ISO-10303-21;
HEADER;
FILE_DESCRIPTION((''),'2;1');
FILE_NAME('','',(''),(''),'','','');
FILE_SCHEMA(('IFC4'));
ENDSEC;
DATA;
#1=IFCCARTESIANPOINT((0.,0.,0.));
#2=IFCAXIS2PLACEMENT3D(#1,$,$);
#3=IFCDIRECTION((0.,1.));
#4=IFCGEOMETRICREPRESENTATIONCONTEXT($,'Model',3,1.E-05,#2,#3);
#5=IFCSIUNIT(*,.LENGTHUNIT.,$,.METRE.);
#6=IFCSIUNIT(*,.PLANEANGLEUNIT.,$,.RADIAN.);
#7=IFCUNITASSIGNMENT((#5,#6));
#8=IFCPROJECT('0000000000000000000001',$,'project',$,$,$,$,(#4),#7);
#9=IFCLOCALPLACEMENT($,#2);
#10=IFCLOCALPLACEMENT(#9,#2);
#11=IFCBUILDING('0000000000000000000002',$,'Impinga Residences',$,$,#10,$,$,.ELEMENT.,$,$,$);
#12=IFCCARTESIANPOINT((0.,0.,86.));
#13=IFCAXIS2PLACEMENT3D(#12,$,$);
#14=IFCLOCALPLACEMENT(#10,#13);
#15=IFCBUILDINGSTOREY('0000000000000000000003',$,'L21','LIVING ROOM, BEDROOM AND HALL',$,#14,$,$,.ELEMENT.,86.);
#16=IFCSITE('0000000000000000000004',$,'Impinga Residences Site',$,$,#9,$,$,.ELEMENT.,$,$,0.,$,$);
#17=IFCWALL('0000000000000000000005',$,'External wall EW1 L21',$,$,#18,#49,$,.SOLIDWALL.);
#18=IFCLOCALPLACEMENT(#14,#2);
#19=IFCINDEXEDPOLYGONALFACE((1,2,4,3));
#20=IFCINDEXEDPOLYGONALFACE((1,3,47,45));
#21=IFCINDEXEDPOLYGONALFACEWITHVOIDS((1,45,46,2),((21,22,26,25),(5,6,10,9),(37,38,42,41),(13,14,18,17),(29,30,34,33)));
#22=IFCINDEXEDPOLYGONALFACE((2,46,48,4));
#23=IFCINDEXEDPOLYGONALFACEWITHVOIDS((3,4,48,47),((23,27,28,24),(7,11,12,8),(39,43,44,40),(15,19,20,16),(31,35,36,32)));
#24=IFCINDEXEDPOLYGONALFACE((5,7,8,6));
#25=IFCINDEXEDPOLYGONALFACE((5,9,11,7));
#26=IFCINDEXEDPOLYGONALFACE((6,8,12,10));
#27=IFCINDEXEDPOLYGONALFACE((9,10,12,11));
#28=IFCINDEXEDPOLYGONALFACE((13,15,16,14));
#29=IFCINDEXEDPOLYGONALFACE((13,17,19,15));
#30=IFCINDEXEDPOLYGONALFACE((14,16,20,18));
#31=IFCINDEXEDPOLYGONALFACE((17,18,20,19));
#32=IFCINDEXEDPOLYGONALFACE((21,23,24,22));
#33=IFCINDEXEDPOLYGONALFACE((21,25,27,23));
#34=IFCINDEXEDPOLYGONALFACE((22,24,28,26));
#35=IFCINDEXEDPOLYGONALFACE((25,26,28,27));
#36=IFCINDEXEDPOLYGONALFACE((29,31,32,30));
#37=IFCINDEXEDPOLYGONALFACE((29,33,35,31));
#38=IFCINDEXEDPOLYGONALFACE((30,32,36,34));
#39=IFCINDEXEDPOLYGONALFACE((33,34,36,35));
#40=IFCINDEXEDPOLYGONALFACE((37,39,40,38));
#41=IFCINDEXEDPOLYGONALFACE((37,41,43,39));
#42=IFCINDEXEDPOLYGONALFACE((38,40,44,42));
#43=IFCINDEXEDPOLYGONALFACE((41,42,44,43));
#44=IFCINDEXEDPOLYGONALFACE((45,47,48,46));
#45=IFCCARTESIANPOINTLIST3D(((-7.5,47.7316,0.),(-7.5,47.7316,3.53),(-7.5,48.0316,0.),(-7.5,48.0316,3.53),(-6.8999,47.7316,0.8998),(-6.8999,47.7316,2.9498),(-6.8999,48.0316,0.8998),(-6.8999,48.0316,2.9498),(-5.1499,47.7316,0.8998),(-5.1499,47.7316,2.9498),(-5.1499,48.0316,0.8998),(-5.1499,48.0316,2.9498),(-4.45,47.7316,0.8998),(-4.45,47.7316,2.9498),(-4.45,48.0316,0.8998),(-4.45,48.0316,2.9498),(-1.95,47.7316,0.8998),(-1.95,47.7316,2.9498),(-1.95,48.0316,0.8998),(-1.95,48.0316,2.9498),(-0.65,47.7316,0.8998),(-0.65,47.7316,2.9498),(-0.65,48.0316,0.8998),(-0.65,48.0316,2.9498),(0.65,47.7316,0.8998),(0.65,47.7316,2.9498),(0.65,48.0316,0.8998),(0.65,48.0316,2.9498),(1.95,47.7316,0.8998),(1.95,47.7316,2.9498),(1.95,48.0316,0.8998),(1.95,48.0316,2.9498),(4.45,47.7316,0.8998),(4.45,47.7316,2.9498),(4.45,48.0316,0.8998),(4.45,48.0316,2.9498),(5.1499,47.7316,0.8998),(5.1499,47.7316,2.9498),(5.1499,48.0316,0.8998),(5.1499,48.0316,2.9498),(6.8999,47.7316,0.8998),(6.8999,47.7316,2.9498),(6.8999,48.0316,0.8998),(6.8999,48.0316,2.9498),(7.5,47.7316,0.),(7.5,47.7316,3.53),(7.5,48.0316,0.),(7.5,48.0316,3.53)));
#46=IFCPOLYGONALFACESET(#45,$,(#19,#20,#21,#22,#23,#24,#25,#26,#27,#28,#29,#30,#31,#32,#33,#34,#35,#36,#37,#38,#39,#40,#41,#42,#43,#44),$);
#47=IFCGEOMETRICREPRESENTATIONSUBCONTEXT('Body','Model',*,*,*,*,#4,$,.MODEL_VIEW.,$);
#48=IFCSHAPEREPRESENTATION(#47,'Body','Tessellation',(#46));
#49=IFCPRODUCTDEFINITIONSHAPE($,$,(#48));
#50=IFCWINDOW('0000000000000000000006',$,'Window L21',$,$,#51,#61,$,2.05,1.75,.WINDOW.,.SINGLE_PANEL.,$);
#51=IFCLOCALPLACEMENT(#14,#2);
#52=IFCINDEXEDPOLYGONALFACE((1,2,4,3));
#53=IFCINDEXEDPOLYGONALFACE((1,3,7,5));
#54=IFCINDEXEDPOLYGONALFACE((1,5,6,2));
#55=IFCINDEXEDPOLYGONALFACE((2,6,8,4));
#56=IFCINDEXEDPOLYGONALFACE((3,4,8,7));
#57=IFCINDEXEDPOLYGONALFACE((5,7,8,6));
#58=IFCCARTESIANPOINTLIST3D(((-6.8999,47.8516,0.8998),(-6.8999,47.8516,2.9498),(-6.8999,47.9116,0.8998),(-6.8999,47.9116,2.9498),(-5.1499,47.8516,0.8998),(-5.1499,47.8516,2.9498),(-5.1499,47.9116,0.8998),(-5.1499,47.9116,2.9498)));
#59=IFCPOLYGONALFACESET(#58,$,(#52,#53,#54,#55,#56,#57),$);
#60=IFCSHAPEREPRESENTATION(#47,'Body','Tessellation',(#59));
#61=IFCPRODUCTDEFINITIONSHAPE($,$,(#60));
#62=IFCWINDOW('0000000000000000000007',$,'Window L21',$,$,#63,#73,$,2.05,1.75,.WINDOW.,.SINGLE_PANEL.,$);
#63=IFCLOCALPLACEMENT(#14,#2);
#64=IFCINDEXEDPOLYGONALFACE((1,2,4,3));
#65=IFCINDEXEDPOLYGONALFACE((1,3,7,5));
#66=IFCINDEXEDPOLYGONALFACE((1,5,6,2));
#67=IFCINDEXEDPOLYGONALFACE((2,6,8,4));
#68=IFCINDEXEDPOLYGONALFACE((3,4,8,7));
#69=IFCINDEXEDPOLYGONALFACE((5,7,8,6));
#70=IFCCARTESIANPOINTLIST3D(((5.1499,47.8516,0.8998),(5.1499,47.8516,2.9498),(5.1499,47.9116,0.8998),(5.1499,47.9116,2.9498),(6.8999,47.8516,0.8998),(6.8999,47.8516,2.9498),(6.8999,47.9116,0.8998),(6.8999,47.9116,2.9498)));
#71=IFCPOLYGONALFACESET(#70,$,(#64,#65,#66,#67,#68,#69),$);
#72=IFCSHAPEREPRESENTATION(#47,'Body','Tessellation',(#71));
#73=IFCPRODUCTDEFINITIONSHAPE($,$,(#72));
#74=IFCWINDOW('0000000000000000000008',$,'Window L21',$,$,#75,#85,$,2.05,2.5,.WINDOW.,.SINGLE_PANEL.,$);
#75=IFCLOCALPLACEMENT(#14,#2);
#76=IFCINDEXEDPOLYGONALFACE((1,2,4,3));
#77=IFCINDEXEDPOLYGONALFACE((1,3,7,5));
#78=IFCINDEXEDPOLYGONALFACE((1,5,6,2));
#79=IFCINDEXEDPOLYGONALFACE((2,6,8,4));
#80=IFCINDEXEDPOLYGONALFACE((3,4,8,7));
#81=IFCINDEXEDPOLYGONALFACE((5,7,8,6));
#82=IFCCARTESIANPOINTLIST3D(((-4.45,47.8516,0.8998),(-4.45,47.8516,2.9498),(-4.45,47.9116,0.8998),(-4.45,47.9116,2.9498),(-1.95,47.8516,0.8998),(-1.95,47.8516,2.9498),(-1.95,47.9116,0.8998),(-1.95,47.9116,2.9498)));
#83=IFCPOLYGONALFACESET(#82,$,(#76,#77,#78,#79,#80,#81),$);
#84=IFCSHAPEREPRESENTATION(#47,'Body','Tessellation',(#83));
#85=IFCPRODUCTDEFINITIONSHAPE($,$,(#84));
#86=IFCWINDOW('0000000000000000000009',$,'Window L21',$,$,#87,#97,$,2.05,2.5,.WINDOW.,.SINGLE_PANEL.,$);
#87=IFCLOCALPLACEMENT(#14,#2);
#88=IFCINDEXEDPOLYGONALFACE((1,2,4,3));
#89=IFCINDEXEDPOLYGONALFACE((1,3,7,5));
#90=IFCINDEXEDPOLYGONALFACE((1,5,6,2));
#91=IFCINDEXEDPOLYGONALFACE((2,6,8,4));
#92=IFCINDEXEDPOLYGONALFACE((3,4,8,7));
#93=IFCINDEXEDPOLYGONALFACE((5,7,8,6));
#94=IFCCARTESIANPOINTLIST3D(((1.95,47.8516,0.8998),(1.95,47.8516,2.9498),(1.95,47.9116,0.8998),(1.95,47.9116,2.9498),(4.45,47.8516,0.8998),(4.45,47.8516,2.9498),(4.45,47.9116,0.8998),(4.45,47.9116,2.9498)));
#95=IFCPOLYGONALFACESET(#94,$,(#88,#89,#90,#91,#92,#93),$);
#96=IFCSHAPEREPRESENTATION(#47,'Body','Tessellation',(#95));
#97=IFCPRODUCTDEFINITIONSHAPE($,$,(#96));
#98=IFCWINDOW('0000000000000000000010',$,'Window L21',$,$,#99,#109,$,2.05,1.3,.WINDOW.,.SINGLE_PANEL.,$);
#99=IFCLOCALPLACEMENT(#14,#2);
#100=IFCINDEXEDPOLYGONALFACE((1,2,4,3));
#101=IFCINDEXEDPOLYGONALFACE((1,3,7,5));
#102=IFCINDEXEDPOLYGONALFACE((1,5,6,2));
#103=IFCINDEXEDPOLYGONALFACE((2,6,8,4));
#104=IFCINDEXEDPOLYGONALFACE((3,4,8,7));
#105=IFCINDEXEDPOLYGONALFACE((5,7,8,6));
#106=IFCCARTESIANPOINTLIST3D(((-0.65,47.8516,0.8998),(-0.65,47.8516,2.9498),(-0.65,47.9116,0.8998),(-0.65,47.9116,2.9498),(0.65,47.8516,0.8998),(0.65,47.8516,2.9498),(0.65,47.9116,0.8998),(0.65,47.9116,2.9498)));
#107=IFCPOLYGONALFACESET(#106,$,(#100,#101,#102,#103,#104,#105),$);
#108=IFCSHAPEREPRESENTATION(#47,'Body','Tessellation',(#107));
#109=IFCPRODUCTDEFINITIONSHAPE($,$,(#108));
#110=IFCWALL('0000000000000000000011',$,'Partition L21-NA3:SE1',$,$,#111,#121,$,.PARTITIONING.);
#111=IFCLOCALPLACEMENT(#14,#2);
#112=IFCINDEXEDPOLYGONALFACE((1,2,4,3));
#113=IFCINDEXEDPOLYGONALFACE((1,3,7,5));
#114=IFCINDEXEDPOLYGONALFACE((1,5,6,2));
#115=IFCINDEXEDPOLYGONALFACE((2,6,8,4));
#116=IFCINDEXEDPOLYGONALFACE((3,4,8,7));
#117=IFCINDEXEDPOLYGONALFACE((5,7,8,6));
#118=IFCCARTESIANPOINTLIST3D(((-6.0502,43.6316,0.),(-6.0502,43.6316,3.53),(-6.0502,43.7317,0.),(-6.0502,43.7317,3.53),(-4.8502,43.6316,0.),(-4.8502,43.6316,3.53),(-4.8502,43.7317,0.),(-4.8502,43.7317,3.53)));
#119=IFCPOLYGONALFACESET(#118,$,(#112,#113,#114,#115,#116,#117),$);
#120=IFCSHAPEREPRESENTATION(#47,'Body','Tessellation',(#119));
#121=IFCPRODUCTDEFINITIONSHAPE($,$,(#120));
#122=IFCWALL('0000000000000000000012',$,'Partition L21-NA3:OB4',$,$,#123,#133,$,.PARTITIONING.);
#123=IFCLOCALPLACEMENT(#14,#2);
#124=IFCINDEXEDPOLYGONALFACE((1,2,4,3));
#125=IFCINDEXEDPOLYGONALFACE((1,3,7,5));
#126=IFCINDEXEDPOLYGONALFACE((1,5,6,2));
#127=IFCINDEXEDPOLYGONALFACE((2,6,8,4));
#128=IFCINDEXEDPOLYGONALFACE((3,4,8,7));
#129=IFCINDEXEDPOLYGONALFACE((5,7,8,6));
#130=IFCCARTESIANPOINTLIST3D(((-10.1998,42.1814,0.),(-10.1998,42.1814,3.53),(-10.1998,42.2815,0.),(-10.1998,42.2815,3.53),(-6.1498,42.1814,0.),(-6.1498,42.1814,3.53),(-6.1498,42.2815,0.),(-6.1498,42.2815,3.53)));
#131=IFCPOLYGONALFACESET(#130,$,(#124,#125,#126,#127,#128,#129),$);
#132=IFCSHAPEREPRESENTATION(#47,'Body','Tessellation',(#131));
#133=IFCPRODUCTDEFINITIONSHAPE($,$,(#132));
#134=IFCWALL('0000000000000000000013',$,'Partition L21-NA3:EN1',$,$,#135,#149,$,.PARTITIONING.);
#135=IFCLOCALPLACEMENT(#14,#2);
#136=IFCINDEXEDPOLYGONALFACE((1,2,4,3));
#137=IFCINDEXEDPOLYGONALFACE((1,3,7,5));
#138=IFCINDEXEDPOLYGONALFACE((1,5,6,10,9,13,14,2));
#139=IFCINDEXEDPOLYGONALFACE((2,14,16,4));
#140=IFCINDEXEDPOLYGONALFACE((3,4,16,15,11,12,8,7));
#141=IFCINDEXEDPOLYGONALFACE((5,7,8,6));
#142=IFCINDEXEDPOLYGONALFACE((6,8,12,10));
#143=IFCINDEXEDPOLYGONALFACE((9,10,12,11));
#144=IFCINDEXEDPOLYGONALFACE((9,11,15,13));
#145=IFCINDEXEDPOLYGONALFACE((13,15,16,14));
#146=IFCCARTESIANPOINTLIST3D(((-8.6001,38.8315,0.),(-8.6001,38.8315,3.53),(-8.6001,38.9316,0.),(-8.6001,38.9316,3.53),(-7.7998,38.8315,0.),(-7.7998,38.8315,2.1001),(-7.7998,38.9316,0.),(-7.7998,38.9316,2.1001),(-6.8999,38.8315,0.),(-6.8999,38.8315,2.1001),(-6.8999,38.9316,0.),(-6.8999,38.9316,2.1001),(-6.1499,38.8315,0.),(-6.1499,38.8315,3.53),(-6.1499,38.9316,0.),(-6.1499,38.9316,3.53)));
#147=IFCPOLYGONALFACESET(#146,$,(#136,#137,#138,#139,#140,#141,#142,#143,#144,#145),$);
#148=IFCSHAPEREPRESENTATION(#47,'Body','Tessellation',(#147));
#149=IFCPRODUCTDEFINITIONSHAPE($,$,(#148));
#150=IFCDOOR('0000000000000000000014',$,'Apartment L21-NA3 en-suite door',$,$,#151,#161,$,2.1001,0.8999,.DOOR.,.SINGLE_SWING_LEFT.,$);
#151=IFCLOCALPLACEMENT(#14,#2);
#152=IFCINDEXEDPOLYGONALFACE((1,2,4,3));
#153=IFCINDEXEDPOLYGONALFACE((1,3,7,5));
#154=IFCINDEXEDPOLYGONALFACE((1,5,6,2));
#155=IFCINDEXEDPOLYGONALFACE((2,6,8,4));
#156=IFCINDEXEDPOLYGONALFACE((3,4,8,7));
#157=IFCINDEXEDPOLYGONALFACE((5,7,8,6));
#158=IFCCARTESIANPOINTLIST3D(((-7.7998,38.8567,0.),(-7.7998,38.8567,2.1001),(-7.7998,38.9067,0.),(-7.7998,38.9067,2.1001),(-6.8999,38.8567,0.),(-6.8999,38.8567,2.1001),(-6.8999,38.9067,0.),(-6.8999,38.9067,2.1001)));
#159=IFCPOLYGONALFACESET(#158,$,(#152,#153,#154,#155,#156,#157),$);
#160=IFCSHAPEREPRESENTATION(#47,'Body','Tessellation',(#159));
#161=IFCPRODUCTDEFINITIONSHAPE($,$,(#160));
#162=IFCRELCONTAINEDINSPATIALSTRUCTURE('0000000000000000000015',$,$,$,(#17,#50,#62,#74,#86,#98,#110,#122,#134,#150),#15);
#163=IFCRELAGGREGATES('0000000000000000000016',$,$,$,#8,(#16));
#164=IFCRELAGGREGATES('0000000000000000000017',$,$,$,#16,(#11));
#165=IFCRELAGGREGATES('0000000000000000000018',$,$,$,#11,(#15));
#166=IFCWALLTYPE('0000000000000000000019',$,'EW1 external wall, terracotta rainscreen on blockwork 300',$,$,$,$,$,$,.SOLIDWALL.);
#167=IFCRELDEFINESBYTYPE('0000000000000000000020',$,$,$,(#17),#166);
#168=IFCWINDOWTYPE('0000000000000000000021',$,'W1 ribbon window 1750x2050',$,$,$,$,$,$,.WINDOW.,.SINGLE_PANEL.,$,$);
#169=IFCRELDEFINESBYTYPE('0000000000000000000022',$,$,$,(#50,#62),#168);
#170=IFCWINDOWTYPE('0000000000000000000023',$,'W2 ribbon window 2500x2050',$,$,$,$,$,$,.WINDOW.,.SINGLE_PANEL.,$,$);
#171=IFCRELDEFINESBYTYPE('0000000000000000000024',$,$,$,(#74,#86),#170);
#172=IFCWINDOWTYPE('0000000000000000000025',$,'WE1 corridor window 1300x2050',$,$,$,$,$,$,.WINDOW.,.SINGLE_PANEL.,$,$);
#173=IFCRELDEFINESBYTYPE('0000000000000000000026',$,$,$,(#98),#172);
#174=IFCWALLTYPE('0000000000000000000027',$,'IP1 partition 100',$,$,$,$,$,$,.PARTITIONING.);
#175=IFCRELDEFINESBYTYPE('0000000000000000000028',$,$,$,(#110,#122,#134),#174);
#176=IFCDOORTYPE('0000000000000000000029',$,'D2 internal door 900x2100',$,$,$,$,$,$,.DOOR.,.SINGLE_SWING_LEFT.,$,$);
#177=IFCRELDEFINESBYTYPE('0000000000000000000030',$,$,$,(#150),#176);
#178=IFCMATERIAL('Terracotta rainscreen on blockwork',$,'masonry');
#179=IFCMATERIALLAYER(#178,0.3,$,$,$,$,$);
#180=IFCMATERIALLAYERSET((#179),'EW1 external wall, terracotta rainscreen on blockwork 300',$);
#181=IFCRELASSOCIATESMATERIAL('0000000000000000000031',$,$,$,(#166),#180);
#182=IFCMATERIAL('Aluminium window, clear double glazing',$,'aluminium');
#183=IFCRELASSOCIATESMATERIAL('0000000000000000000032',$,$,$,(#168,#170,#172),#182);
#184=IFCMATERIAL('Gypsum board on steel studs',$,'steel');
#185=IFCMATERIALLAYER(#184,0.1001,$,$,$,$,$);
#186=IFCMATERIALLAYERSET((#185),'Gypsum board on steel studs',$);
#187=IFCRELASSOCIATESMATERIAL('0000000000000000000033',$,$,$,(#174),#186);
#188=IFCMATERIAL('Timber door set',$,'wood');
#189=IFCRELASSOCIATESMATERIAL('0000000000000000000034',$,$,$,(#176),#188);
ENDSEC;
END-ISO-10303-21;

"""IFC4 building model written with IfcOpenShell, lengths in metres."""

from ifc_helpers import new_model, si_unit, direction, frame, frame_2d, origin, place, context, subcontext, project, spatial, rectangle, extrude, material, layer, layer_set, type_object, element, fill, save


model = new_model("IFC4")

# Units and contexts
model_context = context("Model", 3, precision=1e-05, world=origin(), true_north=direction((0.0, 1.0)))
body_context = subcontext(model_context, "Body", "Model", "MODEL_VIEW")
ifc_project = project(units=[si_unit("LENGTHUNIT", "METRE"), si_unit("PLANEANGLEUNIT", "RADIAN")], contexts=[model_context])

# Site, building, storey
site_placement = place(None, origin())
site = spatial("IfcSite", under=ifc_project, at=site_placement, Name="Impinga Residences Site", CompositionType="ELEMENT", RefElevation=0.0)
building_placement = place(site_placement, origin())
building = spatial("IfcBuilding", under=site, at=building_placement, Name="Impinga Residences", CompositionType="ELEMENT")
storey_placement = place(building_placement, frame((0.0, 0.0, 86.0)))
storey = spatial("IfcBuildingStorey", under=building, at=storey_placement, Name="L21", Description="LIVING ROOM, BEDROOM AND HALL", CompositionType="ELEMENT", Elevation=86.0)

# Shared definitions
ifc_material_1 = material(Name="Terracotta rainscreen on blockwork", Category="masonry")
ifc_layer_1 = layer(ifc_material_1, 0.3)
ifc_layer_set_1 = layer_set([ifc_layer_1], Name="EW1 external wall, terracotta rainscreen on blockwork 300")
wall_type_1 = type_object("IfcWallType", Name="EW1 external wall, terracotta rainscreen on blockwork 300", PredefinedType="SOLIDWALL", material=ifc_layer_set_1)

# Wall, openings, windows
wall_1_placement = place(storey_placement, frame((-7.5, 47.8816, 0.0), z_axis=(0.0, 0.0, 1.0), x_axis=(1.0, 0.0, 0.0)))
wall_1 = element("IfcWall", 1, at=wall_1_placement, inside=storey, type_object=wall_type_1, Name="External wall EW1 L21", PredefinedType="SOLIDWALL", context=body_context, shape_type="SweptSolid", body=[
    extrude(rectangle(XDim=15.0, YDim=0.3, at=frame_2d((7.5, 0.0))), origin(), (0.0, 0.0, 1.0), 3.53),
])
opening_1_placement = place(wall_1_placement, frame((0.6001, 0.0, 0.8999)))
opening_1 = element("IfcOpeningElement", 2, at=opening_1_placement, cuts=wall_1, PredefinedType="OPENING", context=body_context, shape_type="SweptSolid", body=[
    extrude(rectangle(XDim=1.75, YDim=2.05, at=frame_2d((0.875, 1.0249))), frame((0.0, 0.1599, 0.0), z_axis=(0.0, -1.0, 0.0), x_axis=(1.0, 0.0, 0.0)), (0.0, 0.0, 1.0), 0.3201),
])
opening_2_placement = place(wall_1_placement, frame((3.05, 0.0, 0.8999)))
opening_2 = element("IfcOpeningElement", 3, at=opening_2_placement, cuts=wall_1, PredefinedType="OPENING", context=body_context, shape_type="SweptSolid", body=[
    extrude(rectangle(XDim=2.5, YDim=2.05, at=frame_2d((1.25, 1.0249))), frame((0.0, 0.1599, 0.0), z_axis=(0.0, -1.0, 0.0), x_axis=(1.0, 0.0, 0.0)), (0.0, 0.0, 1.0), 0.3201),
])
opening_3_placement = place(wall_1_placement, frame((6.8501, 0.0, 0.8999)))
opening_3 = element("IfcOpeningElement", 4, at=opening_3_placement, cuts=wall_1, PredefinedType="OPENING", context=body_context, shape_type="SweptSolid", body=[
    extrude(rectangle(XDim=1.3, YDim=2.05, at=frame_2d((0.6499, 1.0249))), frame((0.0, 0.1599, 0.0), z_axis=(0.0, -1.0, 0.0), x_axis=(1.0, 0.0, 0.0)), (0.0, 0.0, 1.0), 0.3201),
])
opening_4_placement = place(wall_1_placement, frame((9.45, 0.0, 0.8999)))
opening_4 = element("IfcOpeningElement", 5, at=opening_4_placement, cuts=wall_1, PredefinedType="OPENING", context=body_context, shape_type="SweptSolid", body=[
    extrude(rectangle(XDim=2.5, YDim=2.05, at=frame_2d((1.25, 1.0249))), frame((0.0, 0.1599, 0.0), z_axis=(0.0, -1.0, 0.0), x_axis=(1.0, 0.0, 0.0)), (0.0, 0.0, 1.0), 0.3201),
])
opening_5_placement = place(wall_1_placement, frame((12.6499, 0.0, 0.8999)))
opening_5 = element("IfcOpeningElement", 6, at=opening_5_placement, cuts=wall_1, PredefinedType="OPENING", context=body_context, shape_type="SweptSolid", body=[
    extrude(rectangle(XDim=1.75, YDim=2.05, at=frame_2d((0.875, 1.0249))), frame((0.0, 0.1599, 0.0), z_axis=(0.0, -1.0, 0.0), x_axis=(1.0, 0.0, 0.0)), (0.0, 0.0, 1.0), 0.3201),
])
ifc_material_2 = material(Name="Aluminium window, clear double glazing", Category="aluminium")
window_type_1 = type_object("IfcWindowType", Name="W1 ribbon window 1750x2050", PartitioningType="SINGLE_PANEL", PredefinedType="WINDOW", material=ifc_material_2)
window_1_placement = place(opening_1_placement, origin())
window_1 = element("IfcWindow", 7, at=window_1_placement, inside=storey, type_object=window_type_1, Name="Window L21", OverallHeight=2.05, OverallWidth=1.75, PartitioningType="SINGLE_PANEL", PredefinedType="WINDOW", context=body_context, shape_type="SweptSolid", body=[
    extrude(rectangle(XDim=1.75, YDim=2.05, at=frame_2d((0.875, 1.0249))), frame((0.0, 0.03, 0.0), z_axis=(0.0, -1.0, 0.0), x_axis=(1.0, 0.0, 0.0)), (0.0, 0.0, 1.0), 0.0601),
])
fill(opening_1, window_1)
window_2_placement = place(opening_5_placement, origin())
window_2 = element("IfcWindow", 8, at=window_2_placement, inside=storey, type_object=window_type_1, Name="Window L21", OverallHeight=2.05, OverallWidth=1.75, PartitioningType="SINGLE_PANEL", PredefinedType="WINDOW", context=body_context, shape_type="SweptSolid", body=[
    extrude(rectangle(XDim=1.75, YDim=2.05, at=frame_2d((0.875, 1.0249))), frame((0.0, 0.03, 0.0), z_axis=(0.0, -1.0, 0.0), x_axis=(1.0, 0.0, 0.0)), (0.0, 0.0, 1.0), 0.0601),
])
fill(opening_5, window_2)
window_type_2 = type_object("IfcWindowType", Name="W2 ribbon window 2500x2050", PartitioningType="SINGLE_PANEL", PredefinedType="WINDOW", material=ifc_material_2)
window_3_placement = place(opening_2_placement, origin())
window_3 = element("IfcWindow", 9, at=window_3_placement, inside=storey, type_object=window_type_2, Name="Window L21", OverallHeight=2.05, OverallWidth=2.5, PartitioningType="SINGLE_PANEL", PredefinedType="WINDOW", context=body_context, shape_type="SweptSolid", body=[
    extrude(rectangle(XDim=2.5, YDim=2.05, at=frame_2d((1.25, 1.0249))), frame((0.0, 0.03, 0.0), z_axis=(0.0, -1.0, 0.0), x_axis=(1.0, 0.0, 0.0)), (0.0, 0.0, 1.0), 0.0601),
])
fill(opening_2, window_3)
window_4_placement = place(opening_4_placement, origin())
window_4 = element("IfcWindow", 10, at=window_4_placement, inside=storey, type_object=window_type_2, Name="Window L21", OverallHeight=2.05, OverallWidth=2.5, PartitioningType="SINGLE_PANEL", PredefinedType="WINDOW", context=body_context, shape_type="SweptSolid", body=[
    extrude(rectangle(XDim=2.5, YDim=2.05, at=frame_2d((1.25, 1.0249))), frame((0.0, 0.03, 0.0), z_axis=(0.0, -1.0, 0.0), x_axis=(1.0, 0.0, 0.0)), (0.0, 0.0, 1.0), 0.0601),
])
fill(opening_4, window_4)
window_type_3 = type_object("IfcWindowType", Name="WE1 corridor window 1300x2050", PartitioningType="SINGLE_PANEL", PredefinedType="WINDOW", material=ifc_material_2)
window_5_placement = place(opening_3_placement, origin())
window_5 = element("IfcWindow", 11, at=window_5_placement, inside=storey, type_object=window_type_3, Name="Window L21", OverallHeight=2.05, OverallWidth=1.3, PartitioningType="SINGLE_PANEL", PredefinedType="WINDOW", context=body_context, shape_type="SweptSolid", body=[
    extrude(rectangle(XDim=1.3, YDim=2.05, at=frame_2d((0.6499, 1.0249))), frame((0.0, 0.03, 0.0), z_axis=(0.0, -1.0, 0.0), x_axis=(1.0, 0.0, 0.0)), (0.0, 0.0, 1.0), 0.0601),
])
fill(opening_3, window_5)

# Walls
ifc_material_3 = material(Name="Gypsum board on steel studs", Category="steel")
ifc_layer_2 = layer(ifc_material_3, 0.1001)
ifc_layer_set_2 = layer_set([ifc_layer_2], Name="Gypsum board on steel studs")
wall_type_2 = type_object("IfcWallType", Name="IP1 partition 100", PredefinedType="PARTITIONING", material=ifc_layer_set_2)
wall_2_placement = place(storey_placement, frame((-4.8501, 43.6816, 0.0), z_axis=(0.0, 0.0, 1.0), x_axis=(-1.0, 0.0, 0.0)))
element("IfcWall", 12, at=wall_2_placement, inside=storey, type_object=wall_type_2, Name="Partition L21-NA3:SE1", PredefinedType="PARTITIONING", context=body_context, shape_type="SweptSolid", body=[
    extrude(rectangle(XDim=1.2, YDim=0.1001, at=frame_2d((0.6001, 0.0))), origin(), (0.0, 0.0, 1.0), 3.53),
])
wall_3_placement = place(storey_placement, frame((-6.1499, 42.2314, 0.0), z_axis=(0.0, 0.0, 1.0), x_axis=(-1.0, 0.0, 0.0)))
element("IfcWall", 13, at=wall_3_placement, inside=storey, type_object=wall_type_2, Name="Partition L21-NA3:OB4", PredefinedType="PARTITIONING", context=body_context, shape_type="SweptSolid", body=[
    extrude(rectangle(XDim=4.05, YDim=0.1001, at=frame_2d((2.0249, 0.0))), origin(), (0.0, 0.0, 1.0), 3.53),
])

# Wall, opening, door
wall_4_placement = place(storey_placement, frame((-6.1499, 38.8816, 0.0), z_axis=(0.0, 0.0, 1.0), x_axis=(-1.0, 0.0, 0.0)))
wall_4 = element("IfcWall", 14, at=wall_4_placement, inside=storey, type_object=wall_type_2, Name="Partition L21-NA3:EN1", PredefinedType="PARTITIONING", context=body_context, shape_type="SweptSolid", body=[
    extrude(rectangle(XDim=2.4502, YDim=0.1001, at=frame_2d((1.2251, 0.0))), origin(), (0.0, 0.0, 1.0), 3.53),
])
opening_6_placement = place(wall_4_placement, frame((0.75, 0.0, 0.0)))
opening_6 = element("IfcOpeningElement", 15, at=opening_6_placement, cuts=wall_4, PredefinedType="OPENING", context=body_context, shape_type="SweptSolid", body=[
    extrude(rectangle(XDim=0.8999, YDim=2.1001, at=frame_2d((0.45, 1.05))), frame((0.0, 0.0601, 0.0), z_axis=(0.0, -1.0, 0.0), x_axis=(1.0, 0.0, 0.0)), (0.0, 0.0, 1.0), 0.1201),
])
ifc_material_4 = material(Name="Timber door set", Category="wood")
door_type = type_object("IfcDoorType", Name="D2 internal door 900x2100", OperationType="SINGLE_SWING_LEFT", PredefinedType="DOOR", material=ifc_material_4)
door_placement = place(opening_6_placement, origin())
door = element("IfcDoor", 16, at=door_placement, inside=storey, type_object=door_type, Name="Apartment L21-NA3 en-suite door", OperationType="SINGLE_SWING_LEFT", OverallHeight=2.1001, OverallWidth=0.8999, PredefinedType="DOOR", context=body_context, shape_type="SweptSolid", body=[
    extrude(rectangle(XDim=0.8999, YDim=2.1001, at=frame_2d((0.45, 1.05))), frame((0.0, 0.0249, 0.0), z_axis=(0.0, -1.0, 0.0), x_axis=(1.0, 0.0, 0.0)), (0.0, 0.0, 1.0), 0.05),
])
fill(opening_6, door)

save(model, "model.ifc")
